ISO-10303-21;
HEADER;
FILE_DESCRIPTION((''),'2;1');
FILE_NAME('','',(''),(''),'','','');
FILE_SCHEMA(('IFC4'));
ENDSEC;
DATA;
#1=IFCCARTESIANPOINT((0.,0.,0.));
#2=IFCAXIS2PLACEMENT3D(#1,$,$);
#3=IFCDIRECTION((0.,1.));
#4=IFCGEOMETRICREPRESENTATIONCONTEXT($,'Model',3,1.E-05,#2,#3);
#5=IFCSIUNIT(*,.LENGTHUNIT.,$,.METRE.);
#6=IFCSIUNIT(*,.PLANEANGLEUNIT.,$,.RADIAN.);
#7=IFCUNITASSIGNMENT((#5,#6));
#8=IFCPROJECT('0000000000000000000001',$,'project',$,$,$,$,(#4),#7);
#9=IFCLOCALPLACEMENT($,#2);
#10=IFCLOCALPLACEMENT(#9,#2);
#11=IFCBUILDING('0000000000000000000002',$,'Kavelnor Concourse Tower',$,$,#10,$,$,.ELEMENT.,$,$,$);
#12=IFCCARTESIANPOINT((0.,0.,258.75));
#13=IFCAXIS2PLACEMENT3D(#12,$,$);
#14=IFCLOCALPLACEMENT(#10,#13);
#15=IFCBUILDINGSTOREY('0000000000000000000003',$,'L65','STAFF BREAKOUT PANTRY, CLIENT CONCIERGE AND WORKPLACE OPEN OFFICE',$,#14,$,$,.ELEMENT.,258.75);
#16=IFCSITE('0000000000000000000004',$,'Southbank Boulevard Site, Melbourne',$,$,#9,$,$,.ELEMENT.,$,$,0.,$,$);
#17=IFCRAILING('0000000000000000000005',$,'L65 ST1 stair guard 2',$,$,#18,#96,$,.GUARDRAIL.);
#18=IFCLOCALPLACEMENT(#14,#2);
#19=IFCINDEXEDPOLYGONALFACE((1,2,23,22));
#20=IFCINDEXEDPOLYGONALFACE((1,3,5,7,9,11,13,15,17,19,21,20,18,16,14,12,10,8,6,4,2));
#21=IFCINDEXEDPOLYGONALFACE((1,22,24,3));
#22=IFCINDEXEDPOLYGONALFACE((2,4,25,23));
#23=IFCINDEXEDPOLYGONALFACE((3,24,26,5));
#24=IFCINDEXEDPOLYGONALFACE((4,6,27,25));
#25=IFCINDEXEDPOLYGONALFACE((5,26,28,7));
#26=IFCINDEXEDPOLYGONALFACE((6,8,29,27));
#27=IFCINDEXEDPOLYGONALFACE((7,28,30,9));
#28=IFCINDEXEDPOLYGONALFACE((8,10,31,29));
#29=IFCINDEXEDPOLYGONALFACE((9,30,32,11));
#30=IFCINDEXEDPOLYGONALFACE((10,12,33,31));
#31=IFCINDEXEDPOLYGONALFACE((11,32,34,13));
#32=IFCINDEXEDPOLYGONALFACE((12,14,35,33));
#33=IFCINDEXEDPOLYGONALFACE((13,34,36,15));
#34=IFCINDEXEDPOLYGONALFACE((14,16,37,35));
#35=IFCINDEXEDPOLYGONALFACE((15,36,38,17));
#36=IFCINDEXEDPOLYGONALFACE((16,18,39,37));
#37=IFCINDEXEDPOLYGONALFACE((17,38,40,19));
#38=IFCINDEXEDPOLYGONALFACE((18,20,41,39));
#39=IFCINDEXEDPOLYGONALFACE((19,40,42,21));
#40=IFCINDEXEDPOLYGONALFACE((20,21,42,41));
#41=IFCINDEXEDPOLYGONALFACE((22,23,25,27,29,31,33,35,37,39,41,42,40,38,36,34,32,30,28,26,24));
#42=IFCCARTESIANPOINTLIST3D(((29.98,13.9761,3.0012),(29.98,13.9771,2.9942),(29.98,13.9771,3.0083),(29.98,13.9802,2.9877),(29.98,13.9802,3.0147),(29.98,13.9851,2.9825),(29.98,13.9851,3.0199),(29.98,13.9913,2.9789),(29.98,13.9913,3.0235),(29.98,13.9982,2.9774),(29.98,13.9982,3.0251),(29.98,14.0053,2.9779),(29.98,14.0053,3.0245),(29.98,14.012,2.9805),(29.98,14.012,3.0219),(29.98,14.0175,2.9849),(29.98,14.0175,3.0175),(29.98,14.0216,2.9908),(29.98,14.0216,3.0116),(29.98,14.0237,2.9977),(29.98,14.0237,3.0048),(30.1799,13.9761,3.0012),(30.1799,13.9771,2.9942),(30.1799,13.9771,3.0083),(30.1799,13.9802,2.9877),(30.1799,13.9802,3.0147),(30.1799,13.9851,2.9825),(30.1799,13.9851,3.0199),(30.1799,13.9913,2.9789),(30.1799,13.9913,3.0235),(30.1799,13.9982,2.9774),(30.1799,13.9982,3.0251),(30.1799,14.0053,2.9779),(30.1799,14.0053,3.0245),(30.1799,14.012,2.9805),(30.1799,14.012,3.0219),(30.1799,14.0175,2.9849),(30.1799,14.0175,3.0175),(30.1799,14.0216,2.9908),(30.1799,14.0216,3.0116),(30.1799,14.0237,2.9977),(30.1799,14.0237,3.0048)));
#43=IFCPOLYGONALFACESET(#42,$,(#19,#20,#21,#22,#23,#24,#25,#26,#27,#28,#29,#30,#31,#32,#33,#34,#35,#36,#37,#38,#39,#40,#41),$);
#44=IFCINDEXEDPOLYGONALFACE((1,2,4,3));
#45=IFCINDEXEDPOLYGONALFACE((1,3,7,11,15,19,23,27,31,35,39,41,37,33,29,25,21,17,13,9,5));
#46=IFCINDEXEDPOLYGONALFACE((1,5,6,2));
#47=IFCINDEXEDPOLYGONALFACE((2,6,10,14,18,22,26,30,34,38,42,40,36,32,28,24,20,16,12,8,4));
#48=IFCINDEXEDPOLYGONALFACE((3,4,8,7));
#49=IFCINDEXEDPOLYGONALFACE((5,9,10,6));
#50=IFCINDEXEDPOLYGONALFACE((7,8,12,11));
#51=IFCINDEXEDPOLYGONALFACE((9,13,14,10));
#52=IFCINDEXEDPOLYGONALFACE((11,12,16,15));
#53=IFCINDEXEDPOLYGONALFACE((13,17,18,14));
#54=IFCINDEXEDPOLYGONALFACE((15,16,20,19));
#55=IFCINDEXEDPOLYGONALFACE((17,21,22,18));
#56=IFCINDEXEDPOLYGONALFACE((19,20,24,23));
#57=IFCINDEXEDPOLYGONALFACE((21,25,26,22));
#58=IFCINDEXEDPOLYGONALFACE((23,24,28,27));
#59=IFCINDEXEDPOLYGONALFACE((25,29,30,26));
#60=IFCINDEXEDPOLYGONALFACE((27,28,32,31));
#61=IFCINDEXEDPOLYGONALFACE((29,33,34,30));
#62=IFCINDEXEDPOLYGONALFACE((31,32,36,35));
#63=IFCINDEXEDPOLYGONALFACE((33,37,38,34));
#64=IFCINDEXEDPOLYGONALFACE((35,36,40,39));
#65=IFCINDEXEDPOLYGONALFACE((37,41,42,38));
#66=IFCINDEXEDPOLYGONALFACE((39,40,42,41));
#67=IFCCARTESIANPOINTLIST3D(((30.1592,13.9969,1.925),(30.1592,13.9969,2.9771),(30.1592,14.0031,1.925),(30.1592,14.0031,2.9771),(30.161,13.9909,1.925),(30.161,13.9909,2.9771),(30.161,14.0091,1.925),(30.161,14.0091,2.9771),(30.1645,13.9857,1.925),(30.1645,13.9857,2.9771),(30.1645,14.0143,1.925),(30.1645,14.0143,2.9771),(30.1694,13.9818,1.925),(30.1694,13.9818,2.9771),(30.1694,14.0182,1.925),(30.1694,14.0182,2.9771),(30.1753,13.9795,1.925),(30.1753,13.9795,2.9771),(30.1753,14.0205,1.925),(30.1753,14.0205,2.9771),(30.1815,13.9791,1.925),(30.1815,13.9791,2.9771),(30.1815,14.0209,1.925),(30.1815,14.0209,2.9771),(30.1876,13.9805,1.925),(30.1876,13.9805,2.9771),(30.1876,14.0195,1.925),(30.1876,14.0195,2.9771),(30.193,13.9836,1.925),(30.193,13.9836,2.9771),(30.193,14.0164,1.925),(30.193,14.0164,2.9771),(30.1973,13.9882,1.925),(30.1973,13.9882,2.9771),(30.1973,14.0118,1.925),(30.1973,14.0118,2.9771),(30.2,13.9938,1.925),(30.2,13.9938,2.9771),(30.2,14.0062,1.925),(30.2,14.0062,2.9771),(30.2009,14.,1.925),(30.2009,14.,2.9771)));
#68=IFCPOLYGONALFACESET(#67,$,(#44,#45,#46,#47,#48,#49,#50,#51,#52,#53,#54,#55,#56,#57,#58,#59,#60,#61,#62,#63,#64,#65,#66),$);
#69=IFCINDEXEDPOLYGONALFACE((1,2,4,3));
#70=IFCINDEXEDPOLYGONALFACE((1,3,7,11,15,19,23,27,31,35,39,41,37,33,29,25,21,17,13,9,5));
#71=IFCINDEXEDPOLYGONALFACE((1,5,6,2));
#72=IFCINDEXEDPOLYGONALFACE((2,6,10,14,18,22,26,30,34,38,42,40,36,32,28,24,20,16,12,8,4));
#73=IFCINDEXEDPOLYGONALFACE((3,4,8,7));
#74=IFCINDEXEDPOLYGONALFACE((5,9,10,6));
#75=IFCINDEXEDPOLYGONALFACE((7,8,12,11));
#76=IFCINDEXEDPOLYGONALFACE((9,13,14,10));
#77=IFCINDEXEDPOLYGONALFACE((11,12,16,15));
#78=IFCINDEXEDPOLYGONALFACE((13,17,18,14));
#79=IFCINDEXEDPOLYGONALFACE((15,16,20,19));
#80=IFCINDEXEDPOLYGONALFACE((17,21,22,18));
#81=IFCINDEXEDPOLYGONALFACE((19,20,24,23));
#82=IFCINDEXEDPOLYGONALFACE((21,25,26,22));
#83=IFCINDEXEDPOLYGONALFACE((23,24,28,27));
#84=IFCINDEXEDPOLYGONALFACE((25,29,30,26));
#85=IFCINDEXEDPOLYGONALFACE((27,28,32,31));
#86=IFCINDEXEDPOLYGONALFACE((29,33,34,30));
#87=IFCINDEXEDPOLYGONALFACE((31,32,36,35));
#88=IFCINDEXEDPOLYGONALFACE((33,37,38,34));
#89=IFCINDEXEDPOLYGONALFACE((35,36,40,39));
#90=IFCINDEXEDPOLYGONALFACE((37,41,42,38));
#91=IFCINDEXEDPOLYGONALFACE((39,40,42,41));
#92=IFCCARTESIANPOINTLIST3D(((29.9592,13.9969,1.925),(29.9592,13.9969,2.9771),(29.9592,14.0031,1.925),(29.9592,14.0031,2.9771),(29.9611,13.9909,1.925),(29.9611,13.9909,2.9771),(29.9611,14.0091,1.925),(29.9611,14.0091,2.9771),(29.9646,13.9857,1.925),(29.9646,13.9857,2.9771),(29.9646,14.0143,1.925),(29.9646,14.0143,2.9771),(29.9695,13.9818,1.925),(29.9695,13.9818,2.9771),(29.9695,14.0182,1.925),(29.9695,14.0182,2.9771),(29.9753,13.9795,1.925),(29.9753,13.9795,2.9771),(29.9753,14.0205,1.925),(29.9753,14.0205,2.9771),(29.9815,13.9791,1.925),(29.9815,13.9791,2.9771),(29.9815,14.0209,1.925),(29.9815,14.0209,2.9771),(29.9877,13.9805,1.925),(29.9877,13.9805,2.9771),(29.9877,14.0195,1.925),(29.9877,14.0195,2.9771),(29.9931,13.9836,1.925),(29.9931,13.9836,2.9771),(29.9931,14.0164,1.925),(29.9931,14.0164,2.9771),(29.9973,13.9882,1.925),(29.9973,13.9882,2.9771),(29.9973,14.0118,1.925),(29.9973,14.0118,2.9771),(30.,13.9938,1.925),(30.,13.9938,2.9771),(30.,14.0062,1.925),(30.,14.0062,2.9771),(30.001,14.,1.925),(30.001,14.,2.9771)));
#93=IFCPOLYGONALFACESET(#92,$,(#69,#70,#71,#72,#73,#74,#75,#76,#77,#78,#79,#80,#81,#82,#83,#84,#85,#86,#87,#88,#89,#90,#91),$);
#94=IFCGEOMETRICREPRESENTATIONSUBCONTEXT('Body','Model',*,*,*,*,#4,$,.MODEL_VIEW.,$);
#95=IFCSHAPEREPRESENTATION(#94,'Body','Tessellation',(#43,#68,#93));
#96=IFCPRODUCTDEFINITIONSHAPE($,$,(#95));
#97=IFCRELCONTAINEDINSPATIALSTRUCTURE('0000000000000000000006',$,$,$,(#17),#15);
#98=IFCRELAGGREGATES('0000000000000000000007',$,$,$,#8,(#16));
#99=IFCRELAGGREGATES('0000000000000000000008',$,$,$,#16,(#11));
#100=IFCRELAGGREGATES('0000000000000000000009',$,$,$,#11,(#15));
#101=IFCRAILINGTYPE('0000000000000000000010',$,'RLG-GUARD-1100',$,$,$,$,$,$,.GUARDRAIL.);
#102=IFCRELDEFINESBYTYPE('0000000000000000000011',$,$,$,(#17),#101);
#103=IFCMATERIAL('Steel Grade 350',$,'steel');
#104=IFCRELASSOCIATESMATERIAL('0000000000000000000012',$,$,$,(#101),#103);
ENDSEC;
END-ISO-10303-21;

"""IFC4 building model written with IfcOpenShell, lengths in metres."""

from ifc_helpers import new_model, si_unit, direction, frame, origin, origin_2d, place, context, subcontext, project, spatial, circle, extrude, material, type_object, element, save


model = new_model("IFC4")

# Units and contexts
model_context = context("Model", 3, precision=1e-05, world=origin(), true_north=direction((0.0, 1.0)))
body_context = subcontext(model_context, "Body", "Model", "MODEL_VIEW")
ifc_project = project(units=[si_unit("LENGTHUNIT", "METRE"), si_unit("PLANEANGLEUNIT", "RADIAN")], contexts=[model_context])

# Site, building, storey
site_placement = place(None, origin())
site = spatial("IfcSite", under=ifc_project, at=site_placement, Name="Southbank Boulevard Site, Melbourne", CompositionType="ELEMENT", RefElevation=0.0)
building_placement = place(site_placement, origin())
building = spatial("IfcBuilding", under=site, at=building_placement, Name="Kavelnor Concourse Tower", CompositionType="ELEMENT")
storey_placement = place(building_placement, frame((0.0, 0.0, 258.75)))
storey = spatial("IfcBuildingStorey", under=building, at=storey_placement, Name="L65", Description="STAFF BREAKOUT PANTRY, CLIENT CONCIERGE AND WORKPLACE OPEN OFFICE", CompositionType="ELEMENT", Elevation=258.75)

# Shared definitions
ifc_material_1 = material(Name="Steel Grade 350", Category="steel")

# Railing
railing_type_1 = type_object("IfcRailingType", Name="RLG-GUARD-1100", PredefinedType="GUARDRAIL", material=ifc_material_1)
railing_1_placement = place(storey_placement, frame((30.1799, 14.0, 1.925)))
element("IfcRailing", 1, at=railing_1_placement, inside=storey, type_object=railing_type_1, Name="L65 ST1 stair guard 2", PredefinedType="GUARDRAIL", context=body_context, shape_type="SweptSolid", body=[
    extrude(circle(Radius=0.0239, at=origin_2d()), frame((0.0, 0.0, 1.0762), z_axis=(-1.0, 0.0, 0.0), x_axis=(0.0, -1.0, 0.0)), (0.0, 0.0, 1.0), 0.2),
    extrude(circle(Radius=0.021, at=origin_2d()), origin(), (0.0, 0.0, 1.0), 1.052),
    extrude(circle(Radius=0.021, at=origin_2d()), frame((-0.2, 0.0, 0.0)), (0.0, 0.0, 1.0), 1.052),
])

save(model, "model.ifc")
